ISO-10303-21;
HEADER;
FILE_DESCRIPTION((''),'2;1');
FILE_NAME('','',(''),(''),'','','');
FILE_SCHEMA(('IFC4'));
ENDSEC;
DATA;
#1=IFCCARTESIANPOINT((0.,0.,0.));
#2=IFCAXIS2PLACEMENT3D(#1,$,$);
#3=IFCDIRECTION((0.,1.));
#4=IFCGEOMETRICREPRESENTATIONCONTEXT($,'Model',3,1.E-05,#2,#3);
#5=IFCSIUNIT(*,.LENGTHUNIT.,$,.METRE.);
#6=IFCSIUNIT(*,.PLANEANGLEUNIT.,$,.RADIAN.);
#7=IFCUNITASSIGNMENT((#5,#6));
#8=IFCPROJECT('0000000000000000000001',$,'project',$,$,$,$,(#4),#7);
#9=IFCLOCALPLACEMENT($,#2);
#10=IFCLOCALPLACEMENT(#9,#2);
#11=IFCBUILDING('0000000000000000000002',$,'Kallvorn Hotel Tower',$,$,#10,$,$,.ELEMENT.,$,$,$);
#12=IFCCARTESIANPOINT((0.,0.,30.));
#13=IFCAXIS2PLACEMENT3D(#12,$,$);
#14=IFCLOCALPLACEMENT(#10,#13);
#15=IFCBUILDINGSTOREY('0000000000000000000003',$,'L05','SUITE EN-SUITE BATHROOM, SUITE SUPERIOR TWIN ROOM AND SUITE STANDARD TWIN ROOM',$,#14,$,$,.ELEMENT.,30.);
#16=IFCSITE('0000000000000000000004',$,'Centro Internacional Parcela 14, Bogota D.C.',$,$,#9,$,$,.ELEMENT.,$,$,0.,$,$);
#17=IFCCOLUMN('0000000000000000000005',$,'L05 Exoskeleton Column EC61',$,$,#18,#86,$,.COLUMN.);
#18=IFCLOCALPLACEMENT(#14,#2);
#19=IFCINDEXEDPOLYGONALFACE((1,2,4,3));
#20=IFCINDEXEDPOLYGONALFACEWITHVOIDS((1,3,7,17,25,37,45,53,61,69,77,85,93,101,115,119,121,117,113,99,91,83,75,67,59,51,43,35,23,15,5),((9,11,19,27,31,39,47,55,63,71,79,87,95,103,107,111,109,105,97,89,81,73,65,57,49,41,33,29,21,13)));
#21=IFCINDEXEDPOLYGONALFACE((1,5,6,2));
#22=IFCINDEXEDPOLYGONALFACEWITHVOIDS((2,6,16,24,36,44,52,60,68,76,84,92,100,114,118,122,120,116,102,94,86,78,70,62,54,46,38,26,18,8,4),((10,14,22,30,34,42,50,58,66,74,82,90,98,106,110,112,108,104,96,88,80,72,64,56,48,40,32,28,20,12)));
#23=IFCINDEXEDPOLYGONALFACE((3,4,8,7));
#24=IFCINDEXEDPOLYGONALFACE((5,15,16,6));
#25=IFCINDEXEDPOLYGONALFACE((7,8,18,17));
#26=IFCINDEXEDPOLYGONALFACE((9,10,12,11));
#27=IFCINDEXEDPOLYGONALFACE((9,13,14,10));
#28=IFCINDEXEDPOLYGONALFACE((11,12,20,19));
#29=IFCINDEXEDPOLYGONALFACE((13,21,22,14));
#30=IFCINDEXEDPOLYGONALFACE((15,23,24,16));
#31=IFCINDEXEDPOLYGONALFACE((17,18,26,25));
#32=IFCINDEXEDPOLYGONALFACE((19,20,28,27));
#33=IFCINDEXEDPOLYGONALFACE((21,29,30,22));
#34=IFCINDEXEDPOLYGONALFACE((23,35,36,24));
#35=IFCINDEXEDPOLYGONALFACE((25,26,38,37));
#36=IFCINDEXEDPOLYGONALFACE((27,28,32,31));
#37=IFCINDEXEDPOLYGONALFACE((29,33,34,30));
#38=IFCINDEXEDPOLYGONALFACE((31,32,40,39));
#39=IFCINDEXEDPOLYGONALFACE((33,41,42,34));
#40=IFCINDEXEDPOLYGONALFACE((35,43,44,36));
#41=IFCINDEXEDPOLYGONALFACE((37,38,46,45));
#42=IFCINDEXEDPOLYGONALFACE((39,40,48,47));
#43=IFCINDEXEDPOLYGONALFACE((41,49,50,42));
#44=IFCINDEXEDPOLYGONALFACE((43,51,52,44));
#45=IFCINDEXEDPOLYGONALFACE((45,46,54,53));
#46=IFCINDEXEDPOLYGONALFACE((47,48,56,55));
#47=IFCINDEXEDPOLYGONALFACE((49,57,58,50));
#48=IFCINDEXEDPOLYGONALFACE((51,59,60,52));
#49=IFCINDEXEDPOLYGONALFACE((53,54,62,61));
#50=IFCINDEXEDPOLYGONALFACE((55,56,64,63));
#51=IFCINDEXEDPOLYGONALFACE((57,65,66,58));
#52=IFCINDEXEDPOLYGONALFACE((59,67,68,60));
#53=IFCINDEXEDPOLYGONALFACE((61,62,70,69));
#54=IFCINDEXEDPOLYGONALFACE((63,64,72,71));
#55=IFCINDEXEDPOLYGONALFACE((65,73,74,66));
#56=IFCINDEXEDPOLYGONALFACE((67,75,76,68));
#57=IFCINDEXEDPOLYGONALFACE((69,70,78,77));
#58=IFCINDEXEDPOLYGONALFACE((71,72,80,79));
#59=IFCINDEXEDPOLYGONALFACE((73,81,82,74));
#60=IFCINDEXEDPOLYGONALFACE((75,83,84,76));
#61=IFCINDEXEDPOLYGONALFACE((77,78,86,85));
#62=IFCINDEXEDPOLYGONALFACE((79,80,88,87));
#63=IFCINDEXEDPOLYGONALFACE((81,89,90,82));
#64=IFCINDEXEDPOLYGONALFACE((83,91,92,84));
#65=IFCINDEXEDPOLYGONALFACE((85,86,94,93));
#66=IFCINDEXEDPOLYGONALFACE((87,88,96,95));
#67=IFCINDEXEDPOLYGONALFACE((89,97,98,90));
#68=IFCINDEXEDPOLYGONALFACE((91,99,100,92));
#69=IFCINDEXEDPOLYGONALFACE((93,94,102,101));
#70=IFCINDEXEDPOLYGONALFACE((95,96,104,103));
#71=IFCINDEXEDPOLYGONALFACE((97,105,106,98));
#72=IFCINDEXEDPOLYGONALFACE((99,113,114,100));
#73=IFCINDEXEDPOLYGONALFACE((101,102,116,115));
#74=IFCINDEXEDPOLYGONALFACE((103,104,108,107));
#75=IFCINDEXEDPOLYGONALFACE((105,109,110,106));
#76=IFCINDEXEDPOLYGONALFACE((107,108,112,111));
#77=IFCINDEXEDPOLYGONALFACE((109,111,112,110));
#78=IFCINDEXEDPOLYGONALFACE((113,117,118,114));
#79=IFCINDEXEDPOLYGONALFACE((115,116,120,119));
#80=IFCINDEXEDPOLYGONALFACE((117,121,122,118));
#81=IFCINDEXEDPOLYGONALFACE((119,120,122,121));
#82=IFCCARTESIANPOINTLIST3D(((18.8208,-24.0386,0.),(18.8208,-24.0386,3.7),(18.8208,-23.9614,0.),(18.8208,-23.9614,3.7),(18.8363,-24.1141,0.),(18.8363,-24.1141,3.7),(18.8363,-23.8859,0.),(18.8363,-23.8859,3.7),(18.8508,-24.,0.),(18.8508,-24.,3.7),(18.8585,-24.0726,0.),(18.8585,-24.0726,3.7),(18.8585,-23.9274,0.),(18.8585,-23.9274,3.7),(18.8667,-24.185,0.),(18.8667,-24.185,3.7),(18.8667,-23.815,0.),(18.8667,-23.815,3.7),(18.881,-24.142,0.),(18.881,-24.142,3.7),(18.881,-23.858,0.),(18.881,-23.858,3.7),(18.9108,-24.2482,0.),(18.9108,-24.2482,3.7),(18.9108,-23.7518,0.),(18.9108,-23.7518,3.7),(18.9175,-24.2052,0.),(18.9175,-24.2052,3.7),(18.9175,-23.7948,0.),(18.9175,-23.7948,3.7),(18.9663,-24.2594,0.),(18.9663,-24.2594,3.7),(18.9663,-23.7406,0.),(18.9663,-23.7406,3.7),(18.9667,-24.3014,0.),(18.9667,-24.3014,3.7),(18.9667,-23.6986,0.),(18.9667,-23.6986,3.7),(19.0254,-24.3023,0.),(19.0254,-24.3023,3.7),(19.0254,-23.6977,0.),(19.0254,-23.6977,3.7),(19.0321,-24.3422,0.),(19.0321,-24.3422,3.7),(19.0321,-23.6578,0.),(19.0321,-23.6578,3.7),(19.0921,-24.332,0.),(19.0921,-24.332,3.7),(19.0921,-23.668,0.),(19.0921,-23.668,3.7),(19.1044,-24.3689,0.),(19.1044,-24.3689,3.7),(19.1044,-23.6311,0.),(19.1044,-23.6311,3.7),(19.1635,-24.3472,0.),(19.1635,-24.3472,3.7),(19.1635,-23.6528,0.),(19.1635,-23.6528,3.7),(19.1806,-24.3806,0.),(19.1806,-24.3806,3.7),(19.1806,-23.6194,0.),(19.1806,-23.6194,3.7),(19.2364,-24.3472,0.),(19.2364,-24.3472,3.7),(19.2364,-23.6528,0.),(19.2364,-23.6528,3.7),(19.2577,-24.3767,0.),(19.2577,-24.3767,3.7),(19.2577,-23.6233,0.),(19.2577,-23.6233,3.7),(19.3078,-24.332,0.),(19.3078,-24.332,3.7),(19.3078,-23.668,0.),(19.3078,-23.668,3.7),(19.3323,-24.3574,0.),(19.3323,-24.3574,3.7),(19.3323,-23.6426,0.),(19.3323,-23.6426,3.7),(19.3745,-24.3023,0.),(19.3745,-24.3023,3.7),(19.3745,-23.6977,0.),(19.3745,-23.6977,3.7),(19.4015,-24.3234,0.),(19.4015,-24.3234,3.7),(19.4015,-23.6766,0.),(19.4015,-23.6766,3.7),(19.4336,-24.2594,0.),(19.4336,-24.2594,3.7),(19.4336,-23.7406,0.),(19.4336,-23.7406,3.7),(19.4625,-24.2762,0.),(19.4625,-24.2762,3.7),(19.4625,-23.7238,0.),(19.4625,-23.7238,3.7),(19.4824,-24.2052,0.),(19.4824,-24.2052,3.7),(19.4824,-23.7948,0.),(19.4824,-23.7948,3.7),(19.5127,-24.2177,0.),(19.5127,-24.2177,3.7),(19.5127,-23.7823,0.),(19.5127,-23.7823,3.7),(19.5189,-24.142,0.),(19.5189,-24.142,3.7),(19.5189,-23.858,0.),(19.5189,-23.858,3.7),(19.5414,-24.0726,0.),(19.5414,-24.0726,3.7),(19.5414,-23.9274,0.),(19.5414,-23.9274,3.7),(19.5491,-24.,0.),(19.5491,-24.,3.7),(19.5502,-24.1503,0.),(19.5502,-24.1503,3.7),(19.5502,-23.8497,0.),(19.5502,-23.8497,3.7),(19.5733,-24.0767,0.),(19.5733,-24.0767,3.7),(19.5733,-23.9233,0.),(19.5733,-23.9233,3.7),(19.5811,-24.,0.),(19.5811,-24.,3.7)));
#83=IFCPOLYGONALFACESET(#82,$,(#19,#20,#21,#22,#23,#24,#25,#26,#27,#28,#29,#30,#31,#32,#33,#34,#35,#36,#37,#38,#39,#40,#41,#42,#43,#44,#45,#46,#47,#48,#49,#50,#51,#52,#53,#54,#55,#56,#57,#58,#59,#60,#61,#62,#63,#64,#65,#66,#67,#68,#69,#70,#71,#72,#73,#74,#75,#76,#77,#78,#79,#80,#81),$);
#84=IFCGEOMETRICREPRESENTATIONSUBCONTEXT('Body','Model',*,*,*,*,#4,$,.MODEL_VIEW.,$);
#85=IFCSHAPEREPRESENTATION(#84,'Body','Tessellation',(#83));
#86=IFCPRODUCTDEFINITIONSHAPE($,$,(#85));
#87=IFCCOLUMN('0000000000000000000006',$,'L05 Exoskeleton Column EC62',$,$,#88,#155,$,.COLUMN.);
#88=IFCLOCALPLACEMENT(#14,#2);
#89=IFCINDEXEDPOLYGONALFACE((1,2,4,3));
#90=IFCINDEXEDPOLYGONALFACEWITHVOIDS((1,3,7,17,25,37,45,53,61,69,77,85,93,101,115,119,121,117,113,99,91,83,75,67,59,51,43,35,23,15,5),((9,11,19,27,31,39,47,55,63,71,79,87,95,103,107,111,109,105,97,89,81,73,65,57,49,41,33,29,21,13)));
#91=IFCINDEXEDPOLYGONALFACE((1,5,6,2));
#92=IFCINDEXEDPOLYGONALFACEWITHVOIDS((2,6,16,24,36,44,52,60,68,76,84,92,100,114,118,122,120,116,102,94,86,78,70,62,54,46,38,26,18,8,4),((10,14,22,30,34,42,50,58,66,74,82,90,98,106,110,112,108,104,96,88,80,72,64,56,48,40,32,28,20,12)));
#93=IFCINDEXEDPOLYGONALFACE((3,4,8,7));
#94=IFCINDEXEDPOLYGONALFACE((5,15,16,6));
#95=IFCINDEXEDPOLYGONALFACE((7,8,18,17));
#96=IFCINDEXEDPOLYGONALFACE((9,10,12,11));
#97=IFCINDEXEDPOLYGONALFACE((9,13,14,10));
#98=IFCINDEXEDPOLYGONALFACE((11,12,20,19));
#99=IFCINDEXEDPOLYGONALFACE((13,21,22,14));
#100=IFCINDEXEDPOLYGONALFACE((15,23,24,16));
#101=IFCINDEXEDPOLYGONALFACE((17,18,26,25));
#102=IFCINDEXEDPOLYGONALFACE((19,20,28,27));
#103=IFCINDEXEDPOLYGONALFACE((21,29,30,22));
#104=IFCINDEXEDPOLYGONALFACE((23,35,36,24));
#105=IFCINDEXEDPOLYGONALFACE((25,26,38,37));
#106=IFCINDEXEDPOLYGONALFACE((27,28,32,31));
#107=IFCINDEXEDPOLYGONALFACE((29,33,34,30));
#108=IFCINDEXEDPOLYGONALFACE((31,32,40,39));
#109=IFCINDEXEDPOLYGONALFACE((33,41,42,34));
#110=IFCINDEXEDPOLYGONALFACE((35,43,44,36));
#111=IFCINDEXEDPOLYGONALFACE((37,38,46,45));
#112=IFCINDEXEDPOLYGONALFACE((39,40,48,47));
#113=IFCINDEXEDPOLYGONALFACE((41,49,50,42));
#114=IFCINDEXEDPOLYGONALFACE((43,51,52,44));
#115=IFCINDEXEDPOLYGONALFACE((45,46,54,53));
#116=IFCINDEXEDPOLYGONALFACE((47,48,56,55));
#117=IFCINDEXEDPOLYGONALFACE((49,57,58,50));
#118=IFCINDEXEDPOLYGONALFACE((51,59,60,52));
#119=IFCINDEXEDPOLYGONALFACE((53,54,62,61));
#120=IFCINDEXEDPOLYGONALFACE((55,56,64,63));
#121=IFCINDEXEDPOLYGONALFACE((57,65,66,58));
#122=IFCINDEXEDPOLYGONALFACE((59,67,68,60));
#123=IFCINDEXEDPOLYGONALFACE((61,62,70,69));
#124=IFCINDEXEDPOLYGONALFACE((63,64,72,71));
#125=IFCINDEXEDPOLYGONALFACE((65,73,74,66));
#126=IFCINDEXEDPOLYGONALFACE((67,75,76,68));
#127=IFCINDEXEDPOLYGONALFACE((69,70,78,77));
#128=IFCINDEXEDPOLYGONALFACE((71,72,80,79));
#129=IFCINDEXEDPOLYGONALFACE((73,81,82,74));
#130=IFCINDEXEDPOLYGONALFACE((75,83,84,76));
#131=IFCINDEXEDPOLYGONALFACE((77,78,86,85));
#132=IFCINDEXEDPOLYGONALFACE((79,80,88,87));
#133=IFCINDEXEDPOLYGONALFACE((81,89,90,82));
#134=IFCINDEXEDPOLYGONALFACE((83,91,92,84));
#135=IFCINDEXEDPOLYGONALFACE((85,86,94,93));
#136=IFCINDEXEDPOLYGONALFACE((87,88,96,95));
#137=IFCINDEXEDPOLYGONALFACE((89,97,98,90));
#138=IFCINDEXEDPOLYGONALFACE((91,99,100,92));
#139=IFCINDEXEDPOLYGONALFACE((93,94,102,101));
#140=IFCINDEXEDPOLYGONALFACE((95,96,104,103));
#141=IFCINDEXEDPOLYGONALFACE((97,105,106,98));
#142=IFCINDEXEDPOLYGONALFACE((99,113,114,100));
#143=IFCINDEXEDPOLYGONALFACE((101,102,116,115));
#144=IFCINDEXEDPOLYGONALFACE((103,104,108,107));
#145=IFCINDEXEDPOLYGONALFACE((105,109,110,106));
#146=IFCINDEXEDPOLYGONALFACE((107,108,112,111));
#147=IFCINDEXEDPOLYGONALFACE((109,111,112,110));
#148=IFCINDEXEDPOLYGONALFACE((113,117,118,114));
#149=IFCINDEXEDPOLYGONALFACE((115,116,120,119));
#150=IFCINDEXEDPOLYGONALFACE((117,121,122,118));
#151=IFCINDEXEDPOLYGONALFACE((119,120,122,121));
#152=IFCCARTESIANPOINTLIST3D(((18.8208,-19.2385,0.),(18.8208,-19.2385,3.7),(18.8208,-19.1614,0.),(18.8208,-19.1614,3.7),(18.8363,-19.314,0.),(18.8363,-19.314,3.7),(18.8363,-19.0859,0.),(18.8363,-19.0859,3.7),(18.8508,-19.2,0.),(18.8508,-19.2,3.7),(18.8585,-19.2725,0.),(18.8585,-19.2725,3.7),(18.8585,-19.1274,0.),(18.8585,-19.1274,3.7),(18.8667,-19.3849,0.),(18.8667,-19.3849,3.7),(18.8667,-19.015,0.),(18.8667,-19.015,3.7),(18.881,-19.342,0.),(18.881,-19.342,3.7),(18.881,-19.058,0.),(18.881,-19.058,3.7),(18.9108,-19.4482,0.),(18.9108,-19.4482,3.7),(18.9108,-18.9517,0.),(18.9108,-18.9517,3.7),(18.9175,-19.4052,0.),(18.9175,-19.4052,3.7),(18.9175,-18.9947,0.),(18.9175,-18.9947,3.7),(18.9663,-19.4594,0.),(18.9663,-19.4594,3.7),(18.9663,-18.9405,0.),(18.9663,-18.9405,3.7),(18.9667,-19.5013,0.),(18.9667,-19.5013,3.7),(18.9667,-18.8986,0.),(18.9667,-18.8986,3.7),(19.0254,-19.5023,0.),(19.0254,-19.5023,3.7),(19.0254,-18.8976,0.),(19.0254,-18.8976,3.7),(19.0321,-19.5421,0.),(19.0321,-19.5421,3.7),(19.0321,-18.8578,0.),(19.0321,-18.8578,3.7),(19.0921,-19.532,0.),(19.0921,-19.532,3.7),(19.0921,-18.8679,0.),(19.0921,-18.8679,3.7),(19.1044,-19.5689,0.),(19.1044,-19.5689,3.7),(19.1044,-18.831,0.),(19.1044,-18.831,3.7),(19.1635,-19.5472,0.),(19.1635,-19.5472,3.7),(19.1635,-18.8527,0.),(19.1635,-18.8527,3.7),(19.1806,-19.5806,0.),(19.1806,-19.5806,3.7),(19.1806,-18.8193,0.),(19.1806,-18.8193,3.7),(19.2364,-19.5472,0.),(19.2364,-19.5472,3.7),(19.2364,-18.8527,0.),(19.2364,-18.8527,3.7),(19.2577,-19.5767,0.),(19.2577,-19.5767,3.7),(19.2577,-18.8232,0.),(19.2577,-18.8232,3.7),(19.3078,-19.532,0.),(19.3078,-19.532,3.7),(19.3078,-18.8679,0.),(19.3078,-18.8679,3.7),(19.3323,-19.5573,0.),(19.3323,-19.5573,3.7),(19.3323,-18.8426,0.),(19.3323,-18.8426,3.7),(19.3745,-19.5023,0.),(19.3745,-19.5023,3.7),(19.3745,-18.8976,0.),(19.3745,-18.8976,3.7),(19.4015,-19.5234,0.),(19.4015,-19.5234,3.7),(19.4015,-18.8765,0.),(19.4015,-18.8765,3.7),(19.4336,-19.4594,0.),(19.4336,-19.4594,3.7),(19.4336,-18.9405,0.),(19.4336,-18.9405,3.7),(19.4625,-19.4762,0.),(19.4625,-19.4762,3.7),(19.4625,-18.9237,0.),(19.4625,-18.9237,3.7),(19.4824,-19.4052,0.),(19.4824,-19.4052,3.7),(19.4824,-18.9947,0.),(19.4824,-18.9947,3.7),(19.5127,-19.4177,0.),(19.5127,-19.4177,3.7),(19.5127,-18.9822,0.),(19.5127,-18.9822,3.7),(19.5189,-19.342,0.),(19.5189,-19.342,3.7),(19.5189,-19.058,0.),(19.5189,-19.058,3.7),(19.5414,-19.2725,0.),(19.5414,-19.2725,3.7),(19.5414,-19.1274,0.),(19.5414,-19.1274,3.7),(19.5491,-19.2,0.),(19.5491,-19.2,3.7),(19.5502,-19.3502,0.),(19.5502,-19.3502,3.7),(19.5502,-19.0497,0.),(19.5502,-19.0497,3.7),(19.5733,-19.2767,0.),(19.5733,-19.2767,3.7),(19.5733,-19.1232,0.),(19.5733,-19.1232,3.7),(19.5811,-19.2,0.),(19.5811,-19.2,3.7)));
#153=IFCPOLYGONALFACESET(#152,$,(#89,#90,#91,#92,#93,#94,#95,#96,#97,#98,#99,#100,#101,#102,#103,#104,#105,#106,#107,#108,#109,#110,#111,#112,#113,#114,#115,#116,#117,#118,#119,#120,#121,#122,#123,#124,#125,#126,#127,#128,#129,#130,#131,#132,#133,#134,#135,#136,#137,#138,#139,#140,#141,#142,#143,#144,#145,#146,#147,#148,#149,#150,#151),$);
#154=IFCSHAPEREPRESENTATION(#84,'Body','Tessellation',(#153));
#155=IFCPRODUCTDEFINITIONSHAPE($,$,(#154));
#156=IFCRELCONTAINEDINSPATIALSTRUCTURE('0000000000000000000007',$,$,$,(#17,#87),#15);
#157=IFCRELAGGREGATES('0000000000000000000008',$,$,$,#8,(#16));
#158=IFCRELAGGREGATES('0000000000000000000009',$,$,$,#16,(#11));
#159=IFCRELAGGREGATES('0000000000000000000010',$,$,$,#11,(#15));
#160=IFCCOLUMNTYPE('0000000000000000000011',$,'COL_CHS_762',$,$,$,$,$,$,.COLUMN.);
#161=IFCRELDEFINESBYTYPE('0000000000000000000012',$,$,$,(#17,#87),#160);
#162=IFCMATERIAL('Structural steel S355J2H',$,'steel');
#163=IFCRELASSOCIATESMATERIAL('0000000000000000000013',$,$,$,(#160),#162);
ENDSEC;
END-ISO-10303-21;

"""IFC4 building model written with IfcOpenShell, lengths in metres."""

from ifc_helpers import new_model, si_unit, direction, frame, origin, origin_2d, place, context, subcontext, project, spatial, hollow_circle, extrude, material, material_profile, profile_set, type_object, element, save


model = new_model("IFC4")

# Units and contexts
model_context = context("Model", 3, precision=1e-05, world=origin(), true_north=direction((0.0, 1.0)))
body_context = subcontext(model_context, "Body", "Model", "MODEL_VIEW")
ifc_project = project(units=[si_unit("LENGTHUNIT", "METRE"), si_unit("PLANEANGLEUNIT", "RADIAN")], contexts=[model_context])

# Site, building, storey
site_placement = place(None, origin())
site = spatial("IfcSite", under=ifc_project, at=site_placement, Name="Centro Internacional Parcela 14, Bogota D.C.", CompositionType="ELEMENT", RefElevation=0.0)
building_placement = place(site_placement, origin())
building = spatial("IfcBuilding", under=site, at=building_placement, Name="Kallvorn Hotel Tower", CompositionType="ELEMENT")
storey_placement = place(building_placement, frame((0.0, 0.0, 30.0)))
storey = spatial("IfcBuildingStorey", under=building, at=storey_placement, Name="L05", Description="SUITE EN-SUITE BATHROOM, SUITE SUPERIOR TWIN ROOM AND SUITE STANDARD TWIN ROOM", CompositionType="ELEMENT", Elevation=30.0)

# Columns
ifc_material_1 = material(Name="Structural steel S355J2H", Category="steel")
ifc_material_profile_1 = material_profile(ifc_material_1, hollow_circle(Radius=0.3811, WallThickness=0.032, at=origin_2d()), Name="CHS 762x32")
ifc_profile_set_1 = profile_set([ifc_material_profile_1], Name="Structural steel S355J2H")
column_type_1 = type_object("IfcColumnType", Name="COL_CHS_762", PredefinedType="COLUMN", material=ifc_profile_set_1)
for number, where, z_axis, x_axis, name in (
    (1, (19.2, -24.0, 0.0), (0.0, 0.0, 1.0), (1.0, 0.0, 0.0), "L05 Exoskeleton Column EC61"),
    (2, (19.2, -19.2, 0.0), (0.0, 0.0, 1.0), (1.0, 0.0, 0.0), "L05 Exoskeleton Column EC62"),
):
    element("IfcColumn", number, at=place(storey_placement, frame(where, z_axis=z_axis, x_axis=x_axis)), inside=storey, type_object=column_type_1, Name=name, PredefinedType="COLUMN", context=body_context, shape_type="SweptSolid", body=[
        extrude(hollow_circle(Radius=0.3811, WallThickness=0.032, at=origin_2d()), origin(), (0.0, 0.0, 1.0), 3.7),
    ])

save(model, "model.ifc")
